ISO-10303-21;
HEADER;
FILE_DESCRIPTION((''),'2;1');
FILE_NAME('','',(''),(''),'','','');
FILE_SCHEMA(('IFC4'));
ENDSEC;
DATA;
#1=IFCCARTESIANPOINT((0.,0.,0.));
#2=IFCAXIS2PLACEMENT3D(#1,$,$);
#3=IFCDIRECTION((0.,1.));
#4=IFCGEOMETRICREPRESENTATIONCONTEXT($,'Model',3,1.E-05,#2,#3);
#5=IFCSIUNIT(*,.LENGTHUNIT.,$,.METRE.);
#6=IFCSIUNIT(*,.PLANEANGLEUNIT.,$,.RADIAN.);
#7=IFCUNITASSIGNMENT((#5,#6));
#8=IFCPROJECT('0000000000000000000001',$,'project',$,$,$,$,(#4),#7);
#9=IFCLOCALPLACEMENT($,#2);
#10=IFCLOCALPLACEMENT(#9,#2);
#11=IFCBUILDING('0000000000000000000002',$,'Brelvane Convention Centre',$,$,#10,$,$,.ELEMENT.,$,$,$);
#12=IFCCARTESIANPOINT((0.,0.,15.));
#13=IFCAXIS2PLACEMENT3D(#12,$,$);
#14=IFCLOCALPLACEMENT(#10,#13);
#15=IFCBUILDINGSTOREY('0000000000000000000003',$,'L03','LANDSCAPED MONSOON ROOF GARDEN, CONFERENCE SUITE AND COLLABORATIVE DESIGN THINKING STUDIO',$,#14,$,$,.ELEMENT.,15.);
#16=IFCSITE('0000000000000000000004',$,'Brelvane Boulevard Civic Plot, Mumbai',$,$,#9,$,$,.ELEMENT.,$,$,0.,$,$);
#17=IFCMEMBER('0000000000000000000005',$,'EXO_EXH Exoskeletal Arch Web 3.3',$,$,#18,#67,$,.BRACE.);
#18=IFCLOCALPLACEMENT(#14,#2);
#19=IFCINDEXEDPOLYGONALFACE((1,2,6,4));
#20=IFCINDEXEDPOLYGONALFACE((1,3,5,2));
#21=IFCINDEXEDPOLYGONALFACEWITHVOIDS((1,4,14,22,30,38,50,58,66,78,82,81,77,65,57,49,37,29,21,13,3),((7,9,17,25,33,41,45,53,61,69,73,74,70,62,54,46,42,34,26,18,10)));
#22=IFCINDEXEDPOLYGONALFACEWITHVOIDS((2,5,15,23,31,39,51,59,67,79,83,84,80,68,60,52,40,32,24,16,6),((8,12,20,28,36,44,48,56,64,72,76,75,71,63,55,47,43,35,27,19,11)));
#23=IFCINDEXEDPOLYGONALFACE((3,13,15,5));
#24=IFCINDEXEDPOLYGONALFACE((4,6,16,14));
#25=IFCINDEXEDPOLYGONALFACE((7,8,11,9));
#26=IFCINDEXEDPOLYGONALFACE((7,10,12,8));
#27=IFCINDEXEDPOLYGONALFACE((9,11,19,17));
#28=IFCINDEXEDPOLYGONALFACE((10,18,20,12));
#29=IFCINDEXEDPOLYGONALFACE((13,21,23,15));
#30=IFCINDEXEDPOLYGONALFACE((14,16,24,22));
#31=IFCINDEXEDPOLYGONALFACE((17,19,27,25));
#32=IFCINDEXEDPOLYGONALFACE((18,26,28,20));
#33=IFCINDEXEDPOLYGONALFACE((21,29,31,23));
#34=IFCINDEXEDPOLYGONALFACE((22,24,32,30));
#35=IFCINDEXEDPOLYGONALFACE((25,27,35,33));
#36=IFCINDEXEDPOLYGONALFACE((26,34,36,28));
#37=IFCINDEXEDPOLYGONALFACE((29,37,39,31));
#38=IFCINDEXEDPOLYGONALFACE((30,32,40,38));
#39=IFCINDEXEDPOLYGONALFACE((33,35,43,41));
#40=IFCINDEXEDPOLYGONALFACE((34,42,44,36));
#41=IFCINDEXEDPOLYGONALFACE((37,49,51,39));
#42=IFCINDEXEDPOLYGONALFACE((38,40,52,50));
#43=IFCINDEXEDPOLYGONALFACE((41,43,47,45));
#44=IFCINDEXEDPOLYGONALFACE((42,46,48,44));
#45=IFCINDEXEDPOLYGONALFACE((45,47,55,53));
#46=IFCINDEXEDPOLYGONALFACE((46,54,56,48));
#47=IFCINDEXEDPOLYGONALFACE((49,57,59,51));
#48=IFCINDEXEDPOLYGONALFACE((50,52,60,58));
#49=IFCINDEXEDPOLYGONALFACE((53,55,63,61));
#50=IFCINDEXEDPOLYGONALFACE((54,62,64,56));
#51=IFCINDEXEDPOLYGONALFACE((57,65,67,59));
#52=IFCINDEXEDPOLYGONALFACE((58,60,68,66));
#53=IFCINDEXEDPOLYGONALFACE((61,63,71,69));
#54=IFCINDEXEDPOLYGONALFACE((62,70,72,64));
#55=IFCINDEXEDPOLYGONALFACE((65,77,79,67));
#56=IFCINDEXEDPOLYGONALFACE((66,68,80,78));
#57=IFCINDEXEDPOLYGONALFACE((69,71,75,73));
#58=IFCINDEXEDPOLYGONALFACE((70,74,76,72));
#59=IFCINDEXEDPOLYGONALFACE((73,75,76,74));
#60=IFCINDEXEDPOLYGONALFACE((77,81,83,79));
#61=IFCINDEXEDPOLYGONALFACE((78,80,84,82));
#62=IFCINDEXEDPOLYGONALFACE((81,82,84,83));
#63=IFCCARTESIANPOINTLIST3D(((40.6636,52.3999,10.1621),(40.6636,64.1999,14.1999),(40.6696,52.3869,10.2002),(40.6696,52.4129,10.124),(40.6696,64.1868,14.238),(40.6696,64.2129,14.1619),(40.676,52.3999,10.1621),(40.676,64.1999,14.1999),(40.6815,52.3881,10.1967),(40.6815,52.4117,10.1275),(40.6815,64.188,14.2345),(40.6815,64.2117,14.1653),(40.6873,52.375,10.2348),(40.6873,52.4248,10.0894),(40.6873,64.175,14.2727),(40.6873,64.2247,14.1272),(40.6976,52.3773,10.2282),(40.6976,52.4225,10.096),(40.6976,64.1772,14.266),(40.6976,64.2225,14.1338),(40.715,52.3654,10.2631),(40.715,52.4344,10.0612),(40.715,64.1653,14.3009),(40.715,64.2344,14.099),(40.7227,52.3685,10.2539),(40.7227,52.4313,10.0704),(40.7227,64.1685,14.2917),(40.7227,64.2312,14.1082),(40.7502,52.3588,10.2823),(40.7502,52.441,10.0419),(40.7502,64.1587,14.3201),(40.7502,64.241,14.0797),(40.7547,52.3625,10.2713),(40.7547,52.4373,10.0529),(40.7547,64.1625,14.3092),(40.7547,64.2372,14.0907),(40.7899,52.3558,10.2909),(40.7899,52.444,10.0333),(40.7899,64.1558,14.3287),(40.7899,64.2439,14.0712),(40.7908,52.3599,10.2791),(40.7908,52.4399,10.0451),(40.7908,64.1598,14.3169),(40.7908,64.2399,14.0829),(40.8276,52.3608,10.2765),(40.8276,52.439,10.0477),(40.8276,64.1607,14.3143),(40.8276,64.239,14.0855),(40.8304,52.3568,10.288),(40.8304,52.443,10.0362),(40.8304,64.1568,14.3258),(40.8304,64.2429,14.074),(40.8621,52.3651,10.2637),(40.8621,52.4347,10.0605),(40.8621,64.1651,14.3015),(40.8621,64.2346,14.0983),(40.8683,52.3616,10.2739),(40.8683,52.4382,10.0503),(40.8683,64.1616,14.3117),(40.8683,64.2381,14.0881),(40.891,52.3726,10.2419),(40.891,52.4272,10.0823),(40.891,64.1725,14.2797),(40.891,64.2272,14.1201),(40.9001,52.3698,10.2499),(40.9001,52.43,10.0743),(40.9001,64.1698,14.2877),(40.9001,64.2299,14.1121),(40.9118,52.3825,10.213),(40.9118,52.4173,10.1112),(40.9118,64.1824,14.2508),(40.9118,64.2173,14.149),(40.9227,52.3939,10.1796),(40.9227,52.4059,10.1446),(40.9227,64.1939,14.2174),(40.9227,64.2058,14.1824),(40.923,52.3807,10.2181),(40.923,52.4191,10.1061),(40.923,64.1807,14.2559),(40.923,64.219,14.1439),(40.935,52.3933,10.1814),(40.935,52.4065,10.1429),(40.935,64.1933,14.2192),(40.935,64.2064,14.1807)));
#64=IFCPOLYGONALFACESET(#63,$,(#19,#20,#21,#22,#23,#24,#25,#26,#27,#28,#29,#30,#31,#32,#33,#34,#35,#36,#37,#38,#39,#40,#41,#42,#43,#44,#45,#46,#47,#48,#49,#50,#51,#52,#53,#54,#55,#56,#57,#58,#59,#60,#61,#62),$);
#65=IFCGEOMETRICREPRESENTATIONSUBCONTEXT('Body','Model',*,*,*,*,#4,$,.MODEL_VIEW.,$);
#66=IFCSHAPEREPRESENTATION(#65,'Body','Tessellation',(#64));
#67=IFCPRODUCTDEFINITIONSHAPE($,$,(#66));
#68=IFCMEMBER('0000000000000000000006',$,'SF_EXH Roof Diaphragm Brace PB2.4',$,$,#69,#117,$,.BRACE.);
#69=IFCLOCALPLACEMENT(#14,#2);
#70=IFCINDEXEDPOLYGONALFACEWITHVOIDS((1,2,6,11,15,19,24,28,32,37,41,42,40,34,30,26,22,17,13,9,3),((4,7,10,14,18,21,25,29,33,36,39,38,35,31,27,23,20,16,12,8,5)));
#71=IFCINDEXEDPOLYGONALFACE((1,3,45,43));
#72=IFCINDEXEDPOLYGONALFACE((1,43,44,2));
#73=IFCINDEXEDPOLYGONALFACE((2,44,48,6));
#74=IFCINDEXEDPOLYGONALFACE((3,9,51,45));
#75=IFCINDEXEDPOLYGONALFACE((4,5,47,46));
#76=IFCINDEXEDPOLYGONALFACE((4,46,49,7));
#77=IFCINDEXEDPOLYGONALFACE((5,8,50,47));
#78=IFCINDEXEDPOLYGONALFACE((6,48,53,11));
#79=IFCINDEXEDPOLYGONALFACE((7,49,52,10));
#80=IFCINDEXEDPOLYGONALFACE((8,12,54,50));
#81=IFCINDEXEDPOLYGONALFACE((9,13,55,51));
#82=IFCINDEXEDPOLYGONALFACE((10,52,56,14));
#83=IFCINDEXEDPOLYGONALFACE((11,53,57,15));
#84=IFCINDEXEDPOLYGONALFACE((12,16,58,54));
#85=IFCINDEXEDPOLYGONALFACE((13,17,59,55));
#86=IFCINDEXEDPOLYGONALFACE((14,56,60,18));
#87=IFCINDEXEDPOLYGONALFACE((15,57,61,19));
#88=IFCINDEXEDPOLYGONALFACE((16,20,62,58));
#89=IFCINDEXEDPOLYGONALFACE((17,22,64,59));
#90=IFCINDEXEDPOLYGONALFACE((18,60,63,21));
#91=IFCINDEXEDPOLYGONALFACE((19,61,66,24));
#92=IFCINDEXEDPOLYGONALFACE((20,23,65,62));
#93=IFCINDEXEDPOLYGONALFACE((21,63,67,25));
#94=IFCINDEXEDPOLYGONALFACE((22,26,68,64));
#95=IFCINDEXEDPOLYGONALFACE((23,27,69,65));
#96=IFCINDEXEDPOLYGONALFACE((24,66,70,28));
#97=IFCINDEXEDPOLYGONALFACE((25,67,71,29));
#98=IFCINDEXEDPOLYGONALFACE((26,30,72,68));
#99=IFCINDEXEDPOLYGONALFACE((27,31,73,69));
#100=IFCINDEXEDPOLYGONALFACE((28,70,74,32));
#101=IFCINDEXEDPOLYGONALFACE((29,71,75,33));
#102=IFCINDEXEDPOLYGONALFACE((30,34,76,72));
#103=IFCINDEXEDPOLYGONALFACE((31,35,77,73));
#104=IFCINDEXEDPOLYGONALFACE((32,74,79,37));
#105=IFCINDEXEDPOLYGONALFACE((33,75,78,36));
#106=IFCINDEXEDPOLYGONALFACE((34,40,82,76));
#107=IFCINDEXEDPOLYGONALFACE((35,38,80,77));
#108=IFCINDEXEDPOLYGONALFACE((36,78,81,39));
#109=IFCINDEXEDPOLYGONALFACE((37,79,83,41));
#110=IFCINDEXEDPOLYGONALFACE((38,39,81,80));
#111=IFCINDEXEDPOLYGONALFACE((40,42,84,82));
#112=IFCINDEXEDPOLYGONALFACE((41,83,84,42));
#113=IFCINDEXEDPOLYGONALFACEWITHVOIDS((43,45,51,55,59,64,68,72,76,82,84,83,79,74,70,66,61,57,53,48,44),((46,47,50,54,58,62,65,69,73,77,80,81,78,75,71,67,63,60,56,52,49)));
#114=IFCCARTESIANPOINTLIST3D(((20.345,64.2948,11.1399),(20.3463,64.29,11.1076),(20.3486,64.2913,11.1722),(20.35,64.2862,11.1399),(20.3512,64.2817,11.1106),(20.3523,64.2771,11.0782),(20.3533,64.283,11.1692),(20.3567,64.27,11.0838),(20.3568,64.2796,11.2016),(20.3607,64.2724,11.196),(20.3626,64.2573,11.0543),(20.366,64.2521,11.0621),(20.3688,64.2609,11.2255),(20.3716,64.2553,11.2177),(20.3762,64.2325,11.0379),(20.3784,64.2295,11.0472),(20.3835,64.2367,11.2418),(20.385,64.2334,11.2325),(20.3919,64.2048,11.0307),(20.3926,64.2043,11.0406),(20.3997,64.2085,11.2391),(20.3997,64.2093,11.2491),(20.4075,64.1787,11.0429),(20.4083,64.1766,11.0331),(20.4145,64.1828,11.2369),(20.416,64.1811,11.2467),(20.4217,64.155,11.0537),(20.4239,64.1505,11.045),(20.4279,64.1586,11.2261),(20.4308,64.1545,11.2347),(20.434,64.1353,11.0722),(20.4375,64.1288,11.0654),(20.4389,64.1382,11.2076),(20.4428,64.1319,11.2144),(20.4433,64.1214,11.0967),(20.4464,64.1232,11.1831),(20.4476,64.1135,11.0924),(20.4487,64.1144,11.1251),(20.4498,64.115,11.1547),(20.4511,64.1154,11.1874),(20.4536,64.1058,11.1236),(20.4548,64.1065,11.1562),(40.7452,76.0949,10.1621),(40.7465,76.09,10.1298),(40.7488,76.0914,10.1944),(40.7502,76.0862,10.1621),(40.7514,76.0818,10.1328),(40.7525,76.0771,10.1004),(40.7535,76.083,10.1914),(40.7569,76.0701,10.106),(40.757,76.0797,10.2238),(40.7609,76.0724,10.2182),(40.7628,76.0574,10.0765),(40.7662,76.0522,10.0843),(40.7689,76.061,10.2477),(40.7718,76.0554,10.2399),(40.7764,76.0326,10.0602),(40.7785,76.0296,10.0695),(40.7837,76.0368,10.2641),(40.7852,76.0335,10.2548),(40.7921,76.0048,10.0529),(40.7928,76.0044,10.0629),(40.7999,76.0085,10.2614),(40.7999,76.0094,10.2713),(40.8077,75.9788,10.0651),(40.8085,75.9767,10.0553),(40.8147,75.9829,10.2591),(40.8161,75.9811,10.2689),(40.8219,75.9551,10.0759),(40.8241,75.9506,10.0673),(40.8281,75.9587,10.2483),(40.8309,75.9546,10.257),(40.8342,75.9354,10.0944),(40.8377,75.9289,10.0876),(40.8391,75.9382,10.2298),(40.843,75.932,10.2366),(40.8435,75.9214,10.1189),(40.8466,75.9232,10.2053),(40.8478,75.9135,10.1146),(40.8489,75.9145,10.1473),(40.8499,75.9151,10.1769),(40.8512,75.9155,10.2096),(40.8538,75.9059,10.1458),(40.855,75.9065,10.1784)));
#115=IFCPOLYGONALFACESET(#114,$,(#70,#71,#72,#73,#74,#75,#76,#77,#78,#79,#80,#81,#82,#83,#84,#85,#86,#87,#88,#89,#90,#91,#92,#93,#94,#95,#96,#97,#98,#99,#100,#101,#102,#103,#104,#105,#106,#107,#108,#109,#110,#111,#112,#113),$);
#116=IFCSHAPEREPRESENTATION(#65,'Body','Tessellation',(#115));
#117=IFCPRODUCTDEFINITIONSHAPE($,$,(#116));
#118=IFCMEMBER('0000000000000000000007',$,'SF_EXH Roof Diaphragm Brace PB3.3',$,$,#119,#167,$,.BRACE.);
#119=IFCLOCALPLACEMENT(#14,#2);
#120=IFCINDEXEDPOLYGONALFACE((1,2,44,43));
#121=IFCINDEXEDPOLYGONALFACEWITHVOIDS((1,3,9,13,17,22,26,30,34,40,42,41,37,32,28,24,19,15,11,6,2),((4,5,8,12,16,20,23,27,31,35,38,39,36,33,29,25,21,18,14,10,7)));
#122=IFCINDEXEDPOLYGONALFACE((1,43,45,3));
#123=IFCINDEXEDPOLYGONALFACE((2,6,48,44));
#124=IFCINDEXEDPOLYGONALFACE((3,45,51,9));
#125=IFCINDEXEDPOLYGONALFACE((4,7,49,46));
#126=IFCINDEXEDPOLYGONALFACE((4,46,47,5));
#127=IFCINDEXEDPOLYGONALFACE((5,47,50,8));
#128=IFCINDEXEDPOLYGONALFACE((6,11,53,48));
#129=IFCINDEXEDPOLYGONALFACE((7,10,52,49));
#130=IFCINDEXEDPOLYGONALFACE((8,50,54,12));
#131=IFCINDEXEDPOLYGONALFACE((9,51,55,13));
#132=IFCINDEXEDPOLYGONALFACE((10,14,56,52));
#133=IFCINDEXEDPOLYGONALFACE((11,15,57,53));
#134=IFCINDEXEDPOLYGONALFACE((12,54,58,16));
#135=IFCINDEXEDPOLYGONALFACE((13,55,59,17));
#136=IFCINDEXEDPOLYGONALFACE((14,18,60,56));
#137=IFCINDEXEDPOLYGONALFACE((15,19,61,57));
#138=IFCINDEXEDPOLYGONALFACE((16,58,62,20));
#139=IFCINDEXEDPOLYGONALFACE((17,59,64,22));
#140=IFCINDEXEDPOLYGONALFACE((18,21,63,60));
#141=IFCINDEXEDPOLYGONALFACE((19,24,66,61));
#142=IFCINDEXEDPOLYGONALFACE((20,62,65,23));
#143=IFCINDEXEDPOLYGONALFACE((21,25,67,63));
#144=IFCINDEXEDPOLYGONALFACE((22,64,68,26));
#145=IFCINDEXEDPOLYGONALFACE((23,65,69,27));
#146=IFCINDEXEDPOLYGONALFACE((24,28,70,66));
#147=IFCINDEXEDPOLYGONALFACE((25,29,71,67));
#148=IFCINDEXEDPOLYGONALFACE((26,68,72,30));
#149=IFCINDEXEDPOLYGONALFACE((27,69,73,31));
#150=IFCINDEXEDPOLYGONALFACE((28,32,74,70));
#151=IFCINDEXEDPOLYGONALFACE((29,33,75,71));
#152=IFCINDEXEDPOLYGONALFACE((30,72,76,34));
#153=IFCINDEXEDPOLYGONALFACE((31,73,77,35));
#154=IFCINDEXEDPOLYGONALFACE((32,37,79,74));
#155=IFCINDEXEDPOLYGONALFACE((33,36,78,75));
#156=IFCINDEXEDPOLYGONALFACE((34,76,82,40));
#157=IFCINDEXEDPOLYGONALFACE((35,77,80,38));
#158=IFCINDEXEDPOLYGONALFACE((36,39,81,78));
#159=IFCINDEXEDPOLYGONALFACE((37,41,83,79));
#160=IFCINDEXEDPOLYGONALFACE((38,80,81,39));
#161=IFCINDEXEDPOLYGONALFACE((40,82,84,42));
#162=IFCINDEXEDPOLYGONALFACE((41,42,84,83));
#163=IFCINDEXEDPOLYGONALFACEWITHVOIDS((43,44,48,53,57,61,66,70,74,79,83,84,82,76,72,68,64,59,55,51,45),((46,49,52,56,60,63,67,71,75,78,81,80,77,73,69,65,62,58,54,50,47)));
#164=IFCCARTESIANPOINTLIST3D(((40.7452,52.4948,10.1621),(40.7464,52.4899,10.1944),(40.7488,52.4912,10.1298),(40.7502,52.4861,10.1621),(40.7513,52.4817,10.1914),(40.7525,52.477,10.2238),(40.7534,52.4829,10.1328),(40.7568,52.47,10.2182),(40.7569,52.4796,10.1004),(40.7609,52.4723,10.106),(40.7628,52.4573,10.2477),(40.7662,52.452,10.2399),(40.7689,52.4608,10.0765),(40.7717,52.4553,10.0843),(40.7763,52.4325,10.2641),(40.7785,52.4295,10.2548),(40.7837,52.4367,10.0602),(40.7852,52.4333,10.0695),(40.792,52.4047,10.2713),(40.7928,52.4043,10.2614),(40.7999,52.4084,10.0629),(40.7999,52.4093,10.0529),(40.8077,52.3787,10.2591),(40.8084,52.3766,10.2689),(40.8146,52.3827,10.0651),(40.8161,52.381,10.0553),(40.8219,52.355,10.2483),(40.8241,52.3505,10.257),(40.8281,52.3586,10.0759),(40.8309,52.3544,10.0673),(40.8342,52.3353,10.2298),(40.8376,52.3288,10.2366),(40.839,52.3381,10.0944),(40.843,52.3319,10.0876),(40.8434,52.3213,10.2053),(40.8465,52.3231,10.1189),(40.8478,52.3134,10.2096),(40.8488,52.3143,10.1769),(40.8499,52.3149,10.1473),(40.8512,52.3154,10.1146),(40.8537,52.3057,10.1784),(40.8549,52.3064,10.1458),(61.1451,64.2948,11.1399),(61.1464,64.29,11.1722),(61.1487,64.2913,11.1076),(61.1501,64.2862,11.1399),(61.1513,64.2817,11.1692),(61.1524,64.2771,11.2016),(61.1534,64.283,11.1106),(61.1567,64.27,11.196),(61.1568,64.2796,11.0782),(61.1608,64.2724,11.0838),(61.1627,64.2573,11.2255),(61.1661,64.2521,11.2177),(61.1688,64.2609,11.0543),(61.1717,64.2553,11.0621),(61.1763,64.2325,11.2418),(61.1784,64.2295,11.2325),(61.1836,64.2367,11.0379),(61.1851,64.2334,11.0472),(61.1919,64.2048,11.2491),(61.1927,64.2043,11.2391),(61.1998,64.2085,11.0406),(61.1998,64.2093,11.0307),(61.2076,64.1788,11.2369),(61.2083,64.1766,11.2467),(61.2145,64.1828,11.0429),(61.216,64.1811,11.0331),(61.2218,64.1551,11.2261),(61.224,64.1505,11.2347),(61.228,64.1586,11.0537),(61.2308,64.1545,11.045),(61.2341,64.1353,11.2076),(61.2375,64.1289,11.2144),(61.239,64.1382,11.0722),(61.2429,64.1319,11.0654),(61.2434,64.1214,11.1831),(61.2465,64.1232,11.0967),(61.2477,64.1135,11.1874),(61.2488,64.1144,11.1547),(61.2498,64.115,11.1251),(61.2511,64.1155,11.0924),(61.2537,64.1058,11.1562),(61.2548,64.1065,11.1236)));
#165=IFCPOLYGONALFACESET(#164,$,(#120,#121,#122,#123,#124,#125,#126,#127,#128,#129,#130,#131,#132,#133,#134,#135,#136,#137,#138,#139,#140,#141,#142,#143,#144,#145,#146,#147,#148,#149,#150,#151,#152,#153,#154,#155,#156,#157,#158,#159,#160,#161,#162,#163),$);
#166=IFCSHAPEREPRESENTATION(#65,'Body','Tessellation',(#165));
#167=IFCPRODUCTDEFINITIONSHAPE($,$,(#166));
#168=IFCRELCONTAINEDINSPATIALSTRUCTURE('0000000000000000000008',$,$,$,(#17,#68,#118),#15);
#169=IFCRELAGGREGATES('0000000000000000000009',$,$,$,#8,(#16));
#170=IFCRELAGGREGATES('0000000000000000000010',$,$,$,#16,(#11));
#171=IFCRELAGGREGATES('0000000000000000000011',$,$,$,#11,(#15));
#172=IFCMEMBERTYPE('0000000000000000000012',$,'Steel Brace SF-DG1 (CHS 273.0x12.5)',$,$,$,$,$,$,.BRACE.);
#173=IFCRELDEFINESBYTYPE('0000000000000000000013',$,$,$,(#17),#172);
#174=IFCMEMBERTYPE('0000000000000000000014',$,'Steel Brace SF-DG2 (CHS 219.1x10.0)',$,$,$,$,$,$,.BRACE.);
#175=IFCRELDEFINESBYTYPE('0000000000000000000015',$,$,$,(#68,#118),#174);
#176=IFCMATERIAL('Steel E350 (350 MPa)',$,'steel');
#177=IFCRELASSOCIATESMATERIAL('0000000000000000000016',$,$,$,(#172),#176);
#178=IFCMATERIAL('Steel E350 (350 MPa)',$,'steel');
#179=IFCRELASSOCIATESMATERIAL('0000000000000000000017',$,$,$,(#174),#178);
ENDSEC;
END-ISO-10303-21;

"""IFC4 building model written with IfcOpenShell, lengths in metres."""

from ifc_helpers import new_model, si_unit, direction, frame, origin, origin_2d, place, context, subcontext, project, spatial, hollow_circle, extrude, material, material_profile, profile_set, type_object, element, save


model = new_model("IFC4")

# Units and contexts
model_context = context("Model", 3, precision=1e-05, world=origin(), true_north=direction((0.0, 1.0)))
body_context = subcontext(model_context, "Body", "Model", "MODEL_VIEW")
ifc_project = project(units=[si_unit("LENGTHUNIT", "METRE"), si_unit("PLANEANGLEUNIT", "RADIAN")], contexts=[model_context])

# Site, building, storey
site_placement = place(None, origin())
site = spatial("IfcSite", under=ifc_project, at=site_placement, Name="Brelvane Boulevard Civic Plot, Mumbai", CompositionType="ELEMENT", RefElevation=0.0)
building_placement = place(site_placement, origin())
building = spatial("IfcBuilding", under=site, at=building_placement, Name="Brelvane Convention Centre", CompositionType="ELEMENT")
storey_placement = place(building_placement, frame((0.0, 0.0, 15.0)))
storey = spatial("IfcBuildingStorey", under=building, at=storey_placement, Name="L03", Description="LANDSCAPED MONSOON ROOF GARDEN, CONFERENCE SUITE AND COLLABORATIVE DESIGN THINKING STUDIO", CompositionType="ELEMENT", Elevation=15.0)

# Members
ifc_material_1 = material(Name="Steel E350 (350 MPa)", Category="steel")
ifc_material_profile_1 = material_profile(ifc_material_1, hollow_circle(Radius=0.1365, WallThickness=0.0125, at=origin_2d()), Name="CHS 273.0x12.5")
ifc_profile_set_1 = profile_set([ifc_material_profile_1], Name="Steel E350 (350 MPa)")
member_type_1 = type_object("IfcMemberType", Name="Steel Brace SF-DG1 (CHS 273.0x12.5)", PredefinedType="BRACE", material=ifc_profile_set_1)
member_1_placement = place(storey_placement, frame((40.8, 52.3999, 10.1621), z_axis=(0.0, 0.94614, 0.323758), x_axis=(-1.0, 0.0, 0.0)))
element("IfcMember", 1, at=member_1_placement, inside=storey, type_object=member_type_1, Name="EXO_EXH Exoskeletal Arch Web 3.3", PredefinedType="BRACE", context=body_context, shape_type="SweptSolid", body=[
    extrude(hollow_circle(Radius=0.1365, WallThickness=0.0125, at=origin_2d()), origin(), (0.0, 0.0, 1.0), 12.4717),
])
ifc_material_2 = material(Name="Steel E350 (350 MPa)", Category="steel")
ifc_material_profile_2 = material_profile(ifc_material_2, hollow_circle(Radius=0.1096, WallThickness=0.01, at=origin_2d()), Name="CHS 219.1x10.0")
ifc_profile_set_2 = profile_set([ifc_material_profile_2], Name="Steel E350 (350 MPa)")
member_type_2 = type_object("IfcMemberType", Name="Steel Brace SF-DG2 (CHS 219.1x10.0)", PredefinedType="BRACE", material=ifc_profile_set_2)
member_2_placement = place(storey_placement, frame((20.3999, 64.2, 11.1399), z_axis=(0.864876, 0.50027, -0.041454), x_axis=(-0.500701, 0.865621, 0.0)))
element("IfcMember", 2, at=member_2_placement, inside=storey, type_object=member_type_2, Name="SF_EXH Roof Diaphragm Brace PB2.4", PredefinedType="BRACE", context=body_context, shape_type="SweptSolid", body=[
    extrude(hollow_circle(Radius=0.1096, WallThickness=0.01, at=origin_2d()), origin(), (0.0, 0.0, 1.0), 23.5874),
])
for number, where, z_axis, x_axis, name in (
    (3, (40.8, 52.3999, 10.1621), (0.864874, 0.500275, 0.041454), (-0.500705, 0.865618, 0.0), "SF_EXH Roof Diaphragm Brace PB3.3"),
):
    element("IfcMember", number, at=place(storey_placement, frame(where, z_axis=z_axis, x_axis=x_axis)), inside=storey, type_object=member_type_2, Name=name, PredefinedType="BRACE", context=body_context, shape_type="SweptSolid", body=[
        extrude(hollow_circle(Radius=0.1096, WallThickness=0.01, at=origin_2d()), origin(), (0.0, 0.0, 1.0), 23.5872),
    ])

save(model, "model.ifc")
